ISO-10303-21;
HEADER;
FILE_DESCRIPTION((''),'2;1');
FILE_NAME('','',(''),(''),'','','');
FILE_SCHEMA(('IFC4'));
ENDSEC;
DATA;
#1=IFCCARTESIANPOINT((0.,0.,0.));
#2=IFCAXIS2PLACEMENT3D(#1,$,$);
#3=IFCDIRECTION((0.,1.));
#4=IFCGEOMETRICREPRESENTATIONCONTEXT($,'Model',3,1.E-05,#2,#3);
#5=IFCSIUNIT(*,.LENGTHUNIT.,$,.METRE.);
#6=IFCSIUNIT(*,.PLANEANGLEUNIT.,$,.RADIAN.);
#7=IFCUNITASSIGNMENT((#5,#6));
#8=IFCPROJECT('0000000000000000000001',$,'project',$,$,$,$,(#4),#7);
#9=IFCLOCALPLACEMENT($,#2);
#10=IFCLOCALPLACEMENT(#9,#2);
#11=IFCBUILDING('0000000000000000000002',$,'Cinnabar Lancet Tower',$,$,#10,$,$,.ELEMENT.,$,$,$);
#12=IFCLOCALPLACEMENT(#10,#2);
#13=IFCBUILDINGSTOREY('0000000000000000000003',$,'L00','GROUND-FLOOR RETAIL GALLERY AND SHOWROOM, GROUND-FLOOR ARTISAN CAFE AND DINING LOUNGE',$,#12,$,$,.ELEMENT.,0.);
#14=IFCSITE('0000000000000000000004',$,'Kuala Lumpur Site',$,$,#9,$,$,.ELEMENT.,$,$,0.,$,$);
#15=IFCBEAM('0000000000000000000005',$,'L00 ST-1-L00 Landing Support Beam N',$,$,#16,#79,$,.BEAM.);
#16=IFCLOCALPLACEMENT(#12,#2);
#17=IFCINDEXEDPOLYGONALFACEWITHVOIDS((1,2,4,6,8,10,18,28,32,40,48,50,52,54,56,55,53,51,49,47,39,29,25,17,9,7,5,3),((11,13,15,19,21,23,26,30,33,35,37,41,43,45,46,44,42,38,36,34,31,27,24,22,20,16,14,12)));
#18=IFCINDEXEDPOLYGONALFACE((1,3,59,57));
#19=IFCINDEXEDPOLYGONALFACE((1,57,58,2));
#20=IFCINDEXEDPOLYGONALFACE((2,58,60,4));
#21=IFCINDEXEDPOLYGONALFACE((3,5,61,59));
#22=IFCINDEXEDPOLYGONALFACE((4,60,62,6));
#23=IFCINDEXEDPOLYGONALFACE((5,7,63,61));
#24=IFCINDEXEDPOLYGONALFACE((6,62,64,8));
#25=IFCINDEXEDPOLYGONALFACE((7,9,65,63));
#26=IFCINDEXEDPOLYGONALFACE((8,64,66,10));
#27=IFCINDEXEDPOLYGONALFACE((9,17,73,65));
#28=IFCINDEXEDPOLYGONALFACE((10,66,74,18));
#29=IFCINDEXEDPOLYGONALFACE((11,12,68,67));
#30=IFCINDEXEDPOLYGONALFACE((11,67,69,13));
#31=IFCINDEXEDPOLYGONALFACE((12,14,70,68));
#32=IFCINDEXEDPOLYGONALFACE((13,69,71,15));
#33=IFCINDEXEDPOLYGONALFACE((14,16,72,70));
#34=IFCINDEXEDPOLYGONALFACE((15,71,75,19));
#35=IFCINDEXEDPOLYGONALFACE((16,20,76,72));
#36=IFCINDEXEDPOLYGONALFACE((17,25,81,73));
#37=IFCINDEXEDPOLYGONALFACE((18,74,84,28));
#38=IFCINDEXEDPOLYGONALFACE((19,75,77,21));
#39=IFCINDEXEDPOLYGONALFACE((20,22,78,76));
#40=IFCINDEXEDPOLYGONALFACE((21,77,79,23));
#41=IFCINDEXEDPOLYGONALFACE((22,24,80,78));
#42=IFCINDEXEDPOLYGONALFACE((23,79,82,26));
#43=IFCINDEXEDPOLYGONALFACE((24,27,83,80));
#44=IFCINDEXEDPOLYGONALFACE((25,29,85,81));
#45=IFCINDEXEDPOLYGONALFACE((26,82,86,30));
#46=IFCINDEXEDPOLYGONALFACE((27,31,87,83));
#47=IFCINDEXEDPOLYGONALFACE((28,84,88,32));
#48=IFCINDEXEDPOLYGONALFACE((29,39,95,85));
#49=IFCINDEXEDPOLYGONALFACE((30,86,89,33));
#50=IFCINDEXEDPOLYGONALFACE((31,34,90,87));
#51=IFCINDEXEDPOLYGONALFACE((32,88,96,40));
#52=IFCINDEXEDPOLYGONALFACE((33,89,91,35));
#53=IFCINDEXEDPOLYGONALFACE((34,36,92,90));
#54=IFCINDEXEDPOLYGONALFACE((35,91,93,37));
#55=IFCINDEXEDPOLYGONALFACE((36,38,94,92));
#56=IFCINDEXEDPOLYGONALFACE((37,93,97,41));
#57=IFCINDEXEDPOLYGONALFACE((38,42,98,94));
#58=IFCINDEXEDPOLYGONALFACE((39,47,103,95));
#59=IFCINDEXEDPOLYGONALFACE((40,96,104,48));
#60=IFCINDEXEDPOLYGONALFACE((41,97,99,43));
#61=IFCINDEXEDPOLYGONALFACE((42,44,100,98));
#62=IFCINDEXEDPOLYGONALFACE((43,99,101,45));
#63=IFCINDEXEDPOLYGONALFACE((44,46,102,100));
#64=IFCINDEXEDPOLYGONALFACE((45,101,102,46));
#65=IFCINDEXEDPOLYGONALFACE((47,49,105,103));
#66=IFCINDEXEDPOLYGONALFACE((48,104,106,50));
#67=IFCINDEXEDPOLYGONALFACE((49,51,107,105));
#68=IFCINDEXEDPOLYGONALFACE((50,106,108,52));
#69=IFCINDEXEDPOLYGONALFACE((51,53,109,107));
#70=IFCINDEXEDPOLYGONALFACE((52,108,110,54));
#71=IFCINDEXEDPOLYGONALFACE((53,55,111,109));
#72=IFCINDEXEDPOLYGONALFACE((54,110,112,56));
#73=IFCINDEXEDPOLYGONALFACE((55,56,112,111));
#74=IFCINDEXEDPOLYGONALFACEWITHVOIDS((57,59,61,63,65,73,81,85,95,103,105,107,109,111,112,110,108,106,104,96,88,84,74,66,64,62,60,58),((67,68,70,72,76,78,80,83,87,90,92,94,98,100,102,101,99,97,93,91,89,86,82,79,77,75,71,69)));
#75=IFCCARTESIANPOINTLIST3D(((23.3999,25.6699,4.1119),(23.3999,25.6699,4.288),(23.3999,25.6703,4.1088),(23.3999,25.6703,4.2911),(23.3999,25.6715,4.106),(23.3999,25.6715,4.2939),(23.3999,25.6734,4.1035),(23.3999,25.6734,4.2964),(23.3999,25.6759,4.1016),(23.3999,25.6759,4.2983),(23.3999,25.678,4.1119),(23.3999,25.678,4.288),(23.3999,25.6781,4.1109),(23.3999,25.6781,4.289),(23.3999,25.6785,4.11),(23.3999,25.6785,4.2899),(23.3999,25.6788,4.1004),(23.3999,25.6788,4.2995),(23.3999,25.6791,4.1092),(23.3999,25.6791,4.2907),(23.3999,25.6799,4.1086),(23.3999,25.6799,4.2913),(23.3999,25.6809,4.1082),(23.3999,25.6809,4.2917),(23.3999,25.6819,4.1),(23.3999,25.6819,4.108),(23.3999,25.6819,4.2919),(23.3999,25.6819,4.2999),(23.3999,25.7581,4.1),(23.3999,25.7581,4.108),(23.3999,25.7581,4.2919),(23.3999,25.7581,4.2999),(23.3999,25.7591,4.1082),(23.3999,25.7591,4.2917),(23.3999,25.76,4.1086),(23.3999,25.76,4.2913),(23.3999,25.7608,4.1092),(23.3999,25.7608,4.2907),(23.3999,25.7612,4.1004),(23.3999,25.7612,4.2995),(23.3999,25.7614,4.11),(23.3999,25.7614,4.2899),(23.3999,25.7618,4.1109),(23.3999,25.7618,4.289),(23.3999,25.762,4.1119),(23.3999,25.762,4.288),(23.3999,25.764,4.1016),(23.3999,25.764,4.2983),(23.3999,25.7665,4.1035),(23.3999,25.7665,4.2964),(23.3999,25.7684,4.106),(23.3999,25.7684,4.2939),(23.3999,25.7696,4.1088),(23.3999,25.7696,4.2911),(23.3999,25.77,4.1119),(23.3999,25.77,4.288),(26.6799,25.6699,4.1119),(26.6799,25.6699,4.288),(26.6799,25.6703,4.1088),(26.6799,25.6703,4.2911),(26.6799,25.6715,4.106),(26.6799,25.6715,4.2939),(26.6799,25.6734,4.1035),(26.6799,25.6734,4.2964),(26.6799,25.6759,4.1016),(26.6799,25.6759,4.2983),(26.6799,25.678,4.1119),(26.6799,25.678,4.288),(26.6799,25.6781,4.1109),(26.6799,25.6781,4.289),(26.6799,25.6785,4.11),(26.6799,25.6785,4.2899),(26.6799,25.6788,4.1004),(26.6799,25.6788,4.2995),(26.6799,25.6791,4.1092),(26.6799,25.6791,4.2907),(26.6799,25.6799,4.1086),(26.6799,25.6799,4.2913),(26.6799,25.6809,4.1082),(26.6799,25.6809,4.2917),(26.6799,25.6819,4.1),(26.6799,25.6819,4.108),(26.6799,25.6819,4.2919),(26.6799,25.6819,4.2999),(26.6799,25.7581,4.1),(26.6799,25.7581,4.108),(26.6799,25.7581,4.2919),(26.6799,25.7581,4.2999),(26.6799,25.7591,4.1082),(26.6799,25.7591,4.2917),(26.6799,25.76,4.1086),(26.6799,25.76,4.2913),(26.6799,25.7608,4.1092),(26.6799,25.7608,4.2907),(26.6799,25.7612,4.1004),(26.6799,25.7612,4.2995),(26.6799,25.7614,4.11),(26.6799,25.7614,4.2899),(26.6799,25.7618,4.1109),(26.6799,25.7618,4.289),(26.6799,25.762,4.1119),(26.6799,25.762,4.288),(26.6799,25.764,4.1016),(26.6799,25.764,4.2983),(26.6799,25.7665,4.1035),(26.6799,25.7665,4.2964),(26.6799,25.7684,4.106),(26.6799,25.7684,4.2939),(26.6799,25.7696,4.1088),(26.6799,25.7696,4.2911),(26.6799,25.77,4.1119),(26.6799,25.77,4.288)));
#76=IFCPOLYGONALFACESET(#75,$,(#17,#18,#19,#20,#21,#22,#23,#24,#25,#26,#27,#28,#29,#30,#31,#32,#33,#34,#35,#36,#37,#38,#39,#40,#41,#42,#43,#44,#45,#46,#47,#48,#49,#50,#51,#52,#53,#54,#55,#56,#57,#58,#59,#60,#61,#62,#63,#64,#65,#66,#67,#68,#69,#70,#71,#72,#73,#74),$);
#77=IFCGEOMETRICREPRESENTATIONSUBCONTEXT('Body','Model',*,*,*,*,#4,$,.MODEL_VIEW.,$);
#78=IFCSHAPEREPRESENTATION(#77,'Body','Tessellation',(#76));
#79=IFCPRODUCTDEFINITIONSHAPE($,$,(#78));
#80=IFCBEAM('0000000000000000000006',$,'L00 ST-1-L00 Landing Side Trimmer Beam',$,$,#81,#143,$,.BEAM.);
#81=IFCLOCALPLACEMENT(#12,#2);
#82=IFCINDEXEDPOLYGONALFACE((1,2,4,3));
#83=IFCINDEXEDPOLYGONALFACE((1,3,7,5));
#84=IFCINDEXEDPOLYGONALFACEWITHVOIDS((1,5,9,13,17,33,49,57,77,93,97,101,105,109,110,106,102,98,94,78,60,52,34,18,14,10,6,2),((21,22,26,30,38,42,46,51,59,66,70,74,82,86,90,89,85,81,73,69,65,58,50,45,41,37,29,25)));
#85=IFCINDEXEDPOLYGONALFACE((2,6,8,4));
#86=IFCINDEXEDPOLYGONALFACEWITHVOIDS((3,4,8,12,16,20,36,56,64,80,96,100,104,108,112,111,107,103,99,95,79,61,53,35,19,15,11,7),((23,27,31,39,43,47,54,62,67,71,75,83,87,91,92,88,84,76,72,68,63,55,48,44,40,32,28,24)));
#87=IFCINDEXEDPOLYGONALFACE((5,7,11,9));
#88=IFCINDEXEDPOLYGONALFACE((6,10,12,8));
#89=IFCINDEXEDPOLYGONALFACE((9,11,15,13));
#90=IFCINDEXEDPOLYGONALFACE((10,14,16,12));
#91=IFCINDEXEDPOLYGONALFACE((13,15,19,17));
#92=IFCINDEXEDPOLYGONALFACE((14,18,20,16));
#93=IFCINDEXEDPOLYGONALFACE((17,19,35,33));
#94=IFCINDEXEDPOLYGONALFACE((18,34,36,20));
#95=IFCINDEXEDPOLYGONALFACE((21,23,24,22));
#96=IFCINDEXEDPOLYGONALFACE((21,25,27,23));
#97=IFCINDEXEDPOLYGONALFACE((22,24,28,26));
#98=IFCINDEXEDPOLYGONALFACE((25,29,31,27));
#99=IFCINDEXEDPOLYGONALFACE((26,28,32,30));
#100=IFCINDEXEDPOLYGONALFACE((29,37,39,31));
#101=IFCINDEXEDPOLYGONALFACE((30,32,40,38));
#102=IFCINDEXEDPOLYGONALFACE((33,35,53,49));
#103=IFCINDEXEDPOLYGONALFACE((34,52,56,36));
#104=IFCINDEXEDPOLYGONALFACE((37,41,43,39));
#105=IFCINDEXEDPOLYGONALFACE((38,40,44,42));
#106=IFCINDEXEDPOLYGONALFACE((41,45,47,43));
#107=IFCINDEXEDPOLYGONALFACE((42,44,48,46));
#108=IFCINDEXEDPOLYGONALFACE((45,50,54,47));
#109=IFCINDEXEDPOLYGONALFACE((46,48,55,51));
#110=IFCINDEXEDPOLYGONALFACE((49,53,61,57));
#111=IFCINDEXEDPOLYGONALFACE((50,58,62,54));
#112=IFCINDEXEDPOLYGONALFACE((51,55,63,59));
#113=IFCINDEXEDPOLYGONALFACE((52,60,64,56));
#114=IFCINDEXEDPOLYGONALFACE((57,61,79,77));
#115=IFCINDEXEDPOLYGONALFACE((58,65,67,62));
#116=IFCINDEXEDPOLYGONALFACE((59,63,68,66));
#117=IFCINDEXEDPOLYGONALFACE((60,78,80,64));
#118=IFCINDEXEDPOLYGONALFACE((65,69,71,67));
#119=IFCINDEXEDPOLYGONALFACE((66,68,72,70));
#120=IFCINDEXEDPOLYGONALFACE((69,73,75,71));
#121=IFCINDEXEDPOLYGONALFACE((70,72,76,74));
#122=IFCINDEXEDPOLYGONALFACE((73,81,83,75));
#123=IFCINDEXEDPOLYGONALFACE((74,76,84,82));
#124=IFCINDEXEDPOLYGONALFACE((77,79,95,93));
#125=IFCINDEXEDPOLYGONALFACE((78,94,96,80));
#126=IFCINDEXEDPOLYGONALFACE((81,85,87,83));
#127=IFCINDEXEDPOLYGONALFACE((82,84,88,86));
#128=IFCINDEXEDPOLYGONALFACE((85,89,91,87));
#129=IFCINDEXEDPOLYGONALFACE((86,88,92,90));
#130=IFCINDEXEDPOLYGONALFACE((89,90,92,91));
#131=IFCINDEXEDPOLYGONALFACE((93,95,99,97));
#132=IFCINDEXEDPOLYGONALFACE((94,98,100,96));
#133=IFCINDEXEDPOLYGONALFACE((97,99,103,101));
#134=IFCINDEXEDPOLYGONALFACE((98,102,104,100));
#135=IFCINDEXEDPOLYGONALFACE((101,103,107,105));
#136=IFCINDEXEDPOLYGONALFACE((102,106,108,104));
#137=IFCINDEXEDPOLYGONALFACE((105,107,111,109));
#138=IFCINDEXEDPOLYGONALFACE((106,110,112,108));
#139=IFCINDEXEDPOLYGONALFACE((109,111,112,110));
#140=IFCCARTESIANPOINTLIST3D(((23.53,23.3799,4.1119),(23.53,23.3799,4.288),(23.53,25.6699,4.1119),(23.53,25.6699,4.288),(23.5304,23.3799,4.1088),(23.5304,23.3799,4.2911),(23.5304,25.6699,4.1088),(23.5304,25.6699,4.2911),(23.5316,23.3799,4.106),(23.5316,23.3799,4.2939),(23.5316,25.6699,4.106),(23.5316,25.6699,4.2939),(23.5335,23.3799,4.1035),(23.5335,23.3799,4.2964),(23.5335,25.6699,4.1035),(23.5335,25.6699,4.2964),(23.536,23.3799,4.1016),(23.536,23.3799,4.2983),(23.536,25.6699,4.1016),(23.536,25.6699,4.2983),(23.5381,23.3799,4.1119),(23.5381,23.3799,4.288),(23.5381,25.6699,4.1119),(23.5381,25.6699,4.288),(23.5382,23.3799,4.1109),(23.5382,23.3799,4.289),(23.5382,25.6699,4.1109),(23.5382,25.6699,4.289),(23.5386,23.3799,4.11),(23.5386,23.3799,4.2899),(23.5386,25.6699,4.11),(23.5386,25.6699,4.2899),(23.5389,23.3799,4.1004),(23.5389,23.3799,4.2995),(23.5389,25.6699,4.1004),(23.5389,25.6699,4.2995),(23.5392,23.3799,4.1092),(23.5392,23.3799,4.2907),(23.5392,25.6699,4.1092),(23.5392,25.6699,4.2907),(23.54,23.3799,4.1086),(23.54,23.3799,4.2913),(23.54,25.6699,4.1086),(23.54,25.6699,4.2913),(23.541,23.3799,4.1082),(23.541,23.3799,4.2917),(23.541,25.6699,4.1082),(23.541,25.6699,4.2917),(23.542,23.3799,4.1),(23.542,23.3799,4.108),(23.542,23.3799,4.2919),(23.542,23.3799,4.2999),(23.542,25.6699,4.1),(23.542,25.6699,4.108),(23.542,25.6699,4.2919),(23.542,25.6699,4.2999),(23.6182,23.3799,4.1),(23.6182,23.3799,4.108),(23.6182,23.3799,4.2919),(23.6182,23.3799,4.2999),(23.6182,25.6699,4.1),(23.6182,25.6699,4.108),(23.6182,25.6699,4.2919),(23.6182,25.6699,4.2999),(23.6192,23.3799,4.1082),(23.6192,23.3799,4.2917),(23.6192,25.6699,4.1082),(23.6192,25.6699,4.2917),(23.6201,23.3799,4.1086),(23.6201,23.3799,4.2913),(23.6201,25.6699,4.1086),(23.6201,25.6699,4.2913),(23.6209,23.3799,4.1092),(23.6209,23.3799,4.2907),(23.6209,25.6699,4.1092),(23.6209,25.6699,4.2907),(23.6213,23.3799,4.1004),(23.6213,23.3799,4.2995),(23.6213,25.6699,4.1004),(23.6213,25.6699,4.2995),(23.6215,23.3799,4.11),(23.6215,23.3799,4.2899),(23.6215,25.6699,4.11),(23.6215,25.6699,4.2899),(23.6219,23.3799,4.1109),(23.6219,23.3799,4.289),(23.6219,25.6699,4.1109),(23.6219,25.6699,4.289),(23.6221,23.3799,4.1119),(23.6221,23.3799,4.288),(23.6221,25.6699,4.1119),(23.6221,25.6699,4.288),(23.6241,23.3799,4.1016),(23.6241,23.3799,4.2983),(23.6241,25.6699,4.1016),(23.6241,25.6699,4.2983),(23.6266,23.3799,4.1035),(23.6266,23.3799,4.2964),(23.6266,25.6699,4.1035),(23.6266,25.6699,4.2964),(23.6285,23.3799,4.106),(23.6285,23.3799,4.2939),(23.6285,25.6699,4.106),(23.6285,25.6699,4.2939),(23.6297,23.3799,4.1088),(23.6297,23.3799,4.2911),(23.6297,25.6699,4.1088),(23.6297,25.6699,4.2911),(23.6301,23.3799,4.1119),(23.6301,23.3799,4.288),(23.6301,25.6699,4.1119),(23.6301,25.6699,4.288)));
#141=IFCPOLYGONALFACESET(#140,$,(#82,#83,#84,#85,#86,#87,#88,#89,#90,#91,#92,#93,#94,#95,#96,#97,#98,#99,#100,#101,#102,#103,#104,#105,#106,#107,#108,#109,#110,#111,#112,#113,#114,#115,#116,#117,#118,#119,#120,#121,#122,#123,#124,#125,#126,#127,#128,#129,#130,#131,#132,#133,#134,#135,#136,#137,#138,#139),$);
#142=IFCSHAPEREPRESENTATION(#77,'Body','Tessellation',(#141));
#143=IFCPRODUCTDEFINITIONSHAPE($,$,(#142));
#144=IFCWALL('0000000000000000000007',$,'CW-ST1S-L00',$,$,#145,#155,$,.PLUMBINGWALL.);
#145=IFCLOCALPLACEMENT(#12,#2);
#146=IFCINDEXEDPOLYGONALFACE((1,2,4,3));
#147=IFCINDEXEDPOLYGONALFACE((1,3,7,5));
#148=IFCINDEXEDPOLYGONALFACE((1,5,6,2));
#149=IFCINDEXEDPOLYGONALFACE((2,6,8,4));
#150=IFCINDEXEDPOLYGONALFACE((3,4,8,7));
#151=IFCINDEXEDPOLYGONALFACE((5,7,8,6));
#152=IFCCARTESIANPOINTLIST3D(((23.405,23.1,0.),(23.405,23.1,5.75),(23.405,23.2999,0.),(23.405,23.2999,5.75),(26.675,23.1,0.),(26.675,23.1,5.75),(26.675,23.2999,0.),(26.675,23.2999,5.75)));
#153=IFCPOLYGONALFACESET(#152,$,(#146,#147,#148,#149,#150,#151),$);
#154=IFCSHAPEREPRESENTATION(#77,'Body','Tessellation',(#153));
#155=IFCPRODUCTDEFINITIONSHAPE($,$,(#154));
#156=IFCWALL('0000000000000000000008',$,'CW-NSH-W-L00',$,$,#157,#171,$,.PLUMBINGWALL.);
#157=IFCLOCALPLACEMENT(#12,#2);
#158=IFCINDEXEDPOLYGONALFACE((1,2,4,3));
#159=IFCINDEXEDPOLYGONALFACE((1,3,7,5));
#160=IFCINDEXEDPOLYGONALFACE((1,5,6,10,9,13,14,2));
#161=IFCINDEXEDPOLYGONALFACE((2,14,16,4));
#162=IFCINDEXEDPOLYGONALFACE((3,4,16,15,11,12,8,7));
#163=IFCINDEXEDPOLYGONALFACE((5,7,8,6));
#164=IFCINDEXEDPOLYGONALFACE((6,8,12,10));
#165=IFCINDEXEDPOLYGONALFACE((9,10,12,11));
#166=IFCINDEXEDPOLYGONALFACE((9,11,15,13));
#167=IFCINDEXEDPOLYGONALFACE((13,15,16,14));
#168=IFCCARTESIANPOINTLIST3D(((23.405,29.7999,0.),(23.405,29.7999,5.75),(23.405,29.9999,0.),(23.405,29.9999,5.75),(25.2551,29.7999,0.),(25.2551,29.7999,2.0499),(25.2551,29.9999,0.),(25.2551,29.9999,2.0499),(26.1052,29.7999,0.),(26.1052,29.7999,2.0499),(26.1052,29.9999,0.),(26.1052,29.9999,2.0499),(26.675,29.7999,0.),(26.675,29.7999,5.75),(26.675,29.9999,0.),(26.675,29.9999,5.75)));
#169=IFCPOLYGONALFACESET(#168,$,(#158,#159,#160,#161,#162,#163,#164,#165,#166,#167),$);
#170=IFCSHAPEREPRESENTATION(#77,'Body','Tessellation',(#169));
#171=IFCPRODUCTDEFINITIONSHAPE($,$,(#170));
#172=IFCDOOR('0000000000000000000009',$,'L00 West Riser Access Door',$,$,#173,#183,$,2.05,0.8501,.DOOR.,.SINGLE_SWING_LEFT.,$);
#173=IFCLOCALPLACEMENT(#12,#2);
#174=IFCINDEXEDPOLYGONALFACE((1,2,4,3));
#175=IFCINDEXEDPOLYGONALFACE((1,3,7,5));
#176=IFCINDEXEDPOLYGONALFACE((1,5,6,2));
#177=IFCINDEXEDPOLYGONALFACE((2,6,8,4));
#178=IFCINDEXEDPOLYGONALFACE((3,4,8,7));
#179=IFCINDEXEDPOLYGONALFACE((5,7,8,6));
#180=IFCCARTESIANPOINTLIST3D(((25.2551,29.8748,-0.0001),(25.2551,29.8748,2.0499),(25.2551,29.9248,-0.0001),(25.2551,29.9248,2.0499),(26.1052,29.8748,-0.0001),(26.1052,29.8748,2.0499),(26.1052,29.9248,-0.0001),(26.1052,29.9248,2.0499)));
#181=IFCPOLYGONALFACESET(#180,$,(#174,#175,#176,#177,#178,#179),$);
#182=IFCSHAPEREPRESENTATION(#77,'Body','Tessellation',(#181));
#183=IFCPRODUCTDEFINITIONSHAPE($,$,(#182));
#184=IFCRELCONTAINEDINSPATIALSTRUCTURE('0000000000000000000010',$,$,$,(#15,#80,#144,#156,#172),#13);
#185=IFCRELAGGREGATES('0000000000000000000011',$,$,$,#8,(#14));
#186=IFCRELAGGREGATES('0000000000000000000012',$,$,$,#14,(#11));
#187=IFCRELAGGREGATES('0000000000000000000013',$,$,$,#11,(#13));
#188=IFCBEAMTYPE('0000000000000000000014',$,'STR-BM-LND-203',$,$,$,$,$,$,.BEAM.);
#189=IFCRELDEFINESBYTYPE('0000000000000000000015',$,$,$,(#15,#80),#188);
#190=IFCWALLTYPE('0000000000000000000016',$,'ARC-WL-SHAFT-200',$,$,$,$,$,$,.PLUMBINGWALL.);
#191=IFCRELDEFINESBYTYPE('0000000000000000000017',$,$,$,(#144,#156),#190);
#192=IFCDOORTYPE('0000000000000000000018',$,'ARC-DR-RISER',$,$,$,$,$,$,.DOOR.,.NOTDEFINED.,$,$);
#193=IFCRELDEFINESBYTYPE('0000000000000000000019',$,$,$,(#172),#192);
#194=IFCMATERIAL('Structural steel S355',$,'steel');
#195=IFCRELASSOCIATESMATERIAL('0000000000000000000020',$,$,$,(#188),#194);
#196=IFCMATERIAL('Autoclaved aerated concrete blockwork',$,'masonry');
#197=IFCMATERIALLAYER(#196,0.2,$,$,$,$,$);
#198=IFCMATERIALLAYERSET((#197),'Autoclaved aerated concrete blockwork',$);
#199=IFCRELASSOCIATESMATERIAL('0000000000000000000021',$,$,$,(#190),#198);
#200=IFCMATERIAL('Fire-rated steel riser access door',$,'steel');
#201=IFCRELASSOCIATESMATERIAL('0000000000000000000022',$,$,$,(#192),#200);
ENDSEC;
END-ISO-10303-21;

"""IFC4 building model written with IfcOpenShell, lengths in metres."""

from ifc_helpers import new_model, si_unit, direction, frame, frame_2d, origin, origin_2d, place, context, subcontext, project, spatial, rectangle, hollow_rectangle, extrude, material, layer, layer_set, material_profile, profile_set, type_object, element, fill, save


model = new_model("IFC4")

# Units and contexts
model_context = context("Model", 3, precision=1e-05, world=origin(), true_north=direction((0.0, 1.0)))
body_context = subcontext(model_context, "Body", "Model", "MODEL_VIEW")
ifc_project = project(units=[si_unit("LENGTHUNIT", "METRE"), si_unit("PLANEANGLEUNIT", "RADIAN")], contexts=[model_context])

# Site, building, storey
site_placement = place(None, origin())
site = spatial("IfcSite", under=ifc_project, at=site_placement, Name="Kuala Lumpur Site", CompositionType="ELEMENT", RefElevation=0.0)
building_placement = place(site_placement, origin())
building = spatial("IfcBuilding", under=site, at=building_placement, Name="Cinnabar Lancet Tower", CompositionType="ELEMENT")
storey_placement = place(building_placement, origin())
storey = spatial("IfcBuildingStorey", under=building, at=storey_placement, Name="L00", Description="GROUND-FLOOR RETAIL GALLERY AND SHOWROOM, GROUND-FLOOR ARTISAN CAFE AND DINING LOUNGE", CompositionType="ELEMENT", Elevation=0.0)

# Beams
ifc_material_1 = material(Name="Structural steel S355", Category="steel")
ifc_material_profile = material_profile(ifc_material_1, hollow_rectangle(XDim=0.1001, YDim=0.2, WallThickness=0.0081, InnerFilletRadius=0.0039, OuterFilletRadius=0.012, at=origin_2d()), Name="RHS 200x100x8")
ifc_profile_set = profile_set([ifc_material_profile], Name="Structural steel S355")
beam_type = type_object("IfcBeamType", Name="STR-BM-LND-203", PredefinedType="BEAM", material=ifc_profile_set)
for number, where, z_axis, x_axis, name in (
    (1, (23.3999, 25.72, 4.2), (1.0, 0.0, 0.0), (0.0, 1.0, 0.0), "L00 ST-1-L00 Landing Support Beam N"),
):
    element("IfcBeam", number, at=place(storey_placement, frame(where, z_axis=z_axis, x_axis=x_axis)), inside=storey, type_object=beam_type, Name=name, PredefinedType="BEAM", context=body_context, shape_type="SweptSolid", body=[
        extrude(hollow_rectangle(XDim=0.1001, YDim=0.2, WallThickness=0.0081, InnerFilletRadius=0.0039, OuterFilletRadius=0.012, at=origin_2d()), origin(), (0.0, 0.0, 1.0), 3.28),
    ])
beam_1_placement = place(storey_placement, frame((23.5801, 23.3799, 4.2), z_axis=(0.0, 1.0, 0.0), x_axis=(-1.0, 0.0, 0.0)))
element("IfcBeam", 2, at=beam_1_placement, inside=storey, type_object=beam_type, Name="L00 ST-1-L00 Landing Side Trimmer Beam", PredefinedType="BEAM", context=body_context, shape_type="SweptSolid", body=[
    extrude(hollow_rectangle(XDim=0.1001, YDim=0.2, WallThickness=0.0081, InnerFilletRadius=0.0039, OuterFilletRadius=0.012, at=origin_2d()), origin(), (0.0, 0.0, 1.0), 2.29),
])

# Wall
ifc_material_2 = material(Name="Autoclaved aerated concrete blockwork", Category="masonry")
ifc_layer = layer(ifc_material_2, 0.2)
ifc_layer_set = layer_set([ifc_layer], Name="Autoclaved aerated concrete blockwork")
wall_type = type_object("IfcWallType", Name="ARC-WL-SHAFT-200", PredefinedType="PLUMBINGWALL", material=ifc_layer_set)
wall_1_placement = place(storey_placement, frame((23.405, 23.2, 0.0), z_axis=(0.0, 0.0, 1.0), x_axis=(1.0, 0.0, 0.0)))
element("IfcWall", 3, at=wall_1_placement, inside=storey, type_object=wall_type, Name="CW-ST1S-L00", PredefinedType="PLUMBINGWALL", context=body_context, shape_type="SweptSolid", body=[
    extrude(rectangle(XDim=3.27, YDim=0.2, at=frame_2d((1.635, 0.0))), origin(), (0.0, 0.0, 1.0), 5.75),
])

# Wall, opening, door
wall_2_placement = place(storey_placement, frame((23.405, 29.8999, 0.0), z_axis=(0.0, 0.0, 1.0), x_axis=(1.0, 0.0, 0.0)))
wall_2 = element("IfcWall", 4, at=wall_2_placement, inside=storey, type_object=wall_type, Name="CW-NSH-W-L00", PredefinedType="PLUMBINGWALL", context=body_context, shape_type="SweptSolid", body=[
    extrude(rectangle(XDim=3.27, YDim=0.2, at=frame_2d((1.635, 0.0))), origin(), (0.0, 0.0, 1.0), 5.75),
])
opening_1_placement = place(wall_2_placement, frame((1.8501, 0.0, 0.0)))
opening_1 = element("IfcOpeningElement", 5, at=opening_1_placement, cuts=wall_2, PredefinedType="OPENING", context=body_context, shape_type="SweptSolid", body=[
    extrude(rectangle(XDim=0.8501, YDim=2.05, at=frame_2d((0.425, 1.0249))), frame((0.0, 0.1099, 0.0), z_axis=(0.0, -1.0, 0.0), x_axis=(1.0, 0.0, 0.0)), (0.0, 0.0, 1.0), 0.22),
])
ifc_material_3 = material(Name="Fire-rated steel riser access door", Category="steel")
door_type_1 = type_object("IfcDoorType", Name="ARC-DR-RISER", OperationType="NOTDEFINED", PredefinedType="DOOR", material=ifc_material_3)
door_1_placement = place(opening_1_placement, origin())
door_1 = element("IfcDoor", 6, at=door_1_placement, inside=storey, type_object=door_type_1, Name="L00 West Riser Access Door", OperationType="SINGLE_SWING_LEFT", OverallHeight=2.05, OverallWidth=0.8501, PredefinedType="DOOR", context=body_context, shape_type="SweptSolid", body=[
    extrude(rectangle(XDim=0.8501, YDim=2.05, at=frame_2d((0.425, 1.0249))), frame((0.0, 0.0249, 0.0), z_axis=(0.0, -1.0, 0.0), x_axis=(1.0, 0.0, 0.0)), (0.0, 0.0, 1.0), 0.05),
])
fill(opening_1, door_1)

save(model, "model.ifc")
